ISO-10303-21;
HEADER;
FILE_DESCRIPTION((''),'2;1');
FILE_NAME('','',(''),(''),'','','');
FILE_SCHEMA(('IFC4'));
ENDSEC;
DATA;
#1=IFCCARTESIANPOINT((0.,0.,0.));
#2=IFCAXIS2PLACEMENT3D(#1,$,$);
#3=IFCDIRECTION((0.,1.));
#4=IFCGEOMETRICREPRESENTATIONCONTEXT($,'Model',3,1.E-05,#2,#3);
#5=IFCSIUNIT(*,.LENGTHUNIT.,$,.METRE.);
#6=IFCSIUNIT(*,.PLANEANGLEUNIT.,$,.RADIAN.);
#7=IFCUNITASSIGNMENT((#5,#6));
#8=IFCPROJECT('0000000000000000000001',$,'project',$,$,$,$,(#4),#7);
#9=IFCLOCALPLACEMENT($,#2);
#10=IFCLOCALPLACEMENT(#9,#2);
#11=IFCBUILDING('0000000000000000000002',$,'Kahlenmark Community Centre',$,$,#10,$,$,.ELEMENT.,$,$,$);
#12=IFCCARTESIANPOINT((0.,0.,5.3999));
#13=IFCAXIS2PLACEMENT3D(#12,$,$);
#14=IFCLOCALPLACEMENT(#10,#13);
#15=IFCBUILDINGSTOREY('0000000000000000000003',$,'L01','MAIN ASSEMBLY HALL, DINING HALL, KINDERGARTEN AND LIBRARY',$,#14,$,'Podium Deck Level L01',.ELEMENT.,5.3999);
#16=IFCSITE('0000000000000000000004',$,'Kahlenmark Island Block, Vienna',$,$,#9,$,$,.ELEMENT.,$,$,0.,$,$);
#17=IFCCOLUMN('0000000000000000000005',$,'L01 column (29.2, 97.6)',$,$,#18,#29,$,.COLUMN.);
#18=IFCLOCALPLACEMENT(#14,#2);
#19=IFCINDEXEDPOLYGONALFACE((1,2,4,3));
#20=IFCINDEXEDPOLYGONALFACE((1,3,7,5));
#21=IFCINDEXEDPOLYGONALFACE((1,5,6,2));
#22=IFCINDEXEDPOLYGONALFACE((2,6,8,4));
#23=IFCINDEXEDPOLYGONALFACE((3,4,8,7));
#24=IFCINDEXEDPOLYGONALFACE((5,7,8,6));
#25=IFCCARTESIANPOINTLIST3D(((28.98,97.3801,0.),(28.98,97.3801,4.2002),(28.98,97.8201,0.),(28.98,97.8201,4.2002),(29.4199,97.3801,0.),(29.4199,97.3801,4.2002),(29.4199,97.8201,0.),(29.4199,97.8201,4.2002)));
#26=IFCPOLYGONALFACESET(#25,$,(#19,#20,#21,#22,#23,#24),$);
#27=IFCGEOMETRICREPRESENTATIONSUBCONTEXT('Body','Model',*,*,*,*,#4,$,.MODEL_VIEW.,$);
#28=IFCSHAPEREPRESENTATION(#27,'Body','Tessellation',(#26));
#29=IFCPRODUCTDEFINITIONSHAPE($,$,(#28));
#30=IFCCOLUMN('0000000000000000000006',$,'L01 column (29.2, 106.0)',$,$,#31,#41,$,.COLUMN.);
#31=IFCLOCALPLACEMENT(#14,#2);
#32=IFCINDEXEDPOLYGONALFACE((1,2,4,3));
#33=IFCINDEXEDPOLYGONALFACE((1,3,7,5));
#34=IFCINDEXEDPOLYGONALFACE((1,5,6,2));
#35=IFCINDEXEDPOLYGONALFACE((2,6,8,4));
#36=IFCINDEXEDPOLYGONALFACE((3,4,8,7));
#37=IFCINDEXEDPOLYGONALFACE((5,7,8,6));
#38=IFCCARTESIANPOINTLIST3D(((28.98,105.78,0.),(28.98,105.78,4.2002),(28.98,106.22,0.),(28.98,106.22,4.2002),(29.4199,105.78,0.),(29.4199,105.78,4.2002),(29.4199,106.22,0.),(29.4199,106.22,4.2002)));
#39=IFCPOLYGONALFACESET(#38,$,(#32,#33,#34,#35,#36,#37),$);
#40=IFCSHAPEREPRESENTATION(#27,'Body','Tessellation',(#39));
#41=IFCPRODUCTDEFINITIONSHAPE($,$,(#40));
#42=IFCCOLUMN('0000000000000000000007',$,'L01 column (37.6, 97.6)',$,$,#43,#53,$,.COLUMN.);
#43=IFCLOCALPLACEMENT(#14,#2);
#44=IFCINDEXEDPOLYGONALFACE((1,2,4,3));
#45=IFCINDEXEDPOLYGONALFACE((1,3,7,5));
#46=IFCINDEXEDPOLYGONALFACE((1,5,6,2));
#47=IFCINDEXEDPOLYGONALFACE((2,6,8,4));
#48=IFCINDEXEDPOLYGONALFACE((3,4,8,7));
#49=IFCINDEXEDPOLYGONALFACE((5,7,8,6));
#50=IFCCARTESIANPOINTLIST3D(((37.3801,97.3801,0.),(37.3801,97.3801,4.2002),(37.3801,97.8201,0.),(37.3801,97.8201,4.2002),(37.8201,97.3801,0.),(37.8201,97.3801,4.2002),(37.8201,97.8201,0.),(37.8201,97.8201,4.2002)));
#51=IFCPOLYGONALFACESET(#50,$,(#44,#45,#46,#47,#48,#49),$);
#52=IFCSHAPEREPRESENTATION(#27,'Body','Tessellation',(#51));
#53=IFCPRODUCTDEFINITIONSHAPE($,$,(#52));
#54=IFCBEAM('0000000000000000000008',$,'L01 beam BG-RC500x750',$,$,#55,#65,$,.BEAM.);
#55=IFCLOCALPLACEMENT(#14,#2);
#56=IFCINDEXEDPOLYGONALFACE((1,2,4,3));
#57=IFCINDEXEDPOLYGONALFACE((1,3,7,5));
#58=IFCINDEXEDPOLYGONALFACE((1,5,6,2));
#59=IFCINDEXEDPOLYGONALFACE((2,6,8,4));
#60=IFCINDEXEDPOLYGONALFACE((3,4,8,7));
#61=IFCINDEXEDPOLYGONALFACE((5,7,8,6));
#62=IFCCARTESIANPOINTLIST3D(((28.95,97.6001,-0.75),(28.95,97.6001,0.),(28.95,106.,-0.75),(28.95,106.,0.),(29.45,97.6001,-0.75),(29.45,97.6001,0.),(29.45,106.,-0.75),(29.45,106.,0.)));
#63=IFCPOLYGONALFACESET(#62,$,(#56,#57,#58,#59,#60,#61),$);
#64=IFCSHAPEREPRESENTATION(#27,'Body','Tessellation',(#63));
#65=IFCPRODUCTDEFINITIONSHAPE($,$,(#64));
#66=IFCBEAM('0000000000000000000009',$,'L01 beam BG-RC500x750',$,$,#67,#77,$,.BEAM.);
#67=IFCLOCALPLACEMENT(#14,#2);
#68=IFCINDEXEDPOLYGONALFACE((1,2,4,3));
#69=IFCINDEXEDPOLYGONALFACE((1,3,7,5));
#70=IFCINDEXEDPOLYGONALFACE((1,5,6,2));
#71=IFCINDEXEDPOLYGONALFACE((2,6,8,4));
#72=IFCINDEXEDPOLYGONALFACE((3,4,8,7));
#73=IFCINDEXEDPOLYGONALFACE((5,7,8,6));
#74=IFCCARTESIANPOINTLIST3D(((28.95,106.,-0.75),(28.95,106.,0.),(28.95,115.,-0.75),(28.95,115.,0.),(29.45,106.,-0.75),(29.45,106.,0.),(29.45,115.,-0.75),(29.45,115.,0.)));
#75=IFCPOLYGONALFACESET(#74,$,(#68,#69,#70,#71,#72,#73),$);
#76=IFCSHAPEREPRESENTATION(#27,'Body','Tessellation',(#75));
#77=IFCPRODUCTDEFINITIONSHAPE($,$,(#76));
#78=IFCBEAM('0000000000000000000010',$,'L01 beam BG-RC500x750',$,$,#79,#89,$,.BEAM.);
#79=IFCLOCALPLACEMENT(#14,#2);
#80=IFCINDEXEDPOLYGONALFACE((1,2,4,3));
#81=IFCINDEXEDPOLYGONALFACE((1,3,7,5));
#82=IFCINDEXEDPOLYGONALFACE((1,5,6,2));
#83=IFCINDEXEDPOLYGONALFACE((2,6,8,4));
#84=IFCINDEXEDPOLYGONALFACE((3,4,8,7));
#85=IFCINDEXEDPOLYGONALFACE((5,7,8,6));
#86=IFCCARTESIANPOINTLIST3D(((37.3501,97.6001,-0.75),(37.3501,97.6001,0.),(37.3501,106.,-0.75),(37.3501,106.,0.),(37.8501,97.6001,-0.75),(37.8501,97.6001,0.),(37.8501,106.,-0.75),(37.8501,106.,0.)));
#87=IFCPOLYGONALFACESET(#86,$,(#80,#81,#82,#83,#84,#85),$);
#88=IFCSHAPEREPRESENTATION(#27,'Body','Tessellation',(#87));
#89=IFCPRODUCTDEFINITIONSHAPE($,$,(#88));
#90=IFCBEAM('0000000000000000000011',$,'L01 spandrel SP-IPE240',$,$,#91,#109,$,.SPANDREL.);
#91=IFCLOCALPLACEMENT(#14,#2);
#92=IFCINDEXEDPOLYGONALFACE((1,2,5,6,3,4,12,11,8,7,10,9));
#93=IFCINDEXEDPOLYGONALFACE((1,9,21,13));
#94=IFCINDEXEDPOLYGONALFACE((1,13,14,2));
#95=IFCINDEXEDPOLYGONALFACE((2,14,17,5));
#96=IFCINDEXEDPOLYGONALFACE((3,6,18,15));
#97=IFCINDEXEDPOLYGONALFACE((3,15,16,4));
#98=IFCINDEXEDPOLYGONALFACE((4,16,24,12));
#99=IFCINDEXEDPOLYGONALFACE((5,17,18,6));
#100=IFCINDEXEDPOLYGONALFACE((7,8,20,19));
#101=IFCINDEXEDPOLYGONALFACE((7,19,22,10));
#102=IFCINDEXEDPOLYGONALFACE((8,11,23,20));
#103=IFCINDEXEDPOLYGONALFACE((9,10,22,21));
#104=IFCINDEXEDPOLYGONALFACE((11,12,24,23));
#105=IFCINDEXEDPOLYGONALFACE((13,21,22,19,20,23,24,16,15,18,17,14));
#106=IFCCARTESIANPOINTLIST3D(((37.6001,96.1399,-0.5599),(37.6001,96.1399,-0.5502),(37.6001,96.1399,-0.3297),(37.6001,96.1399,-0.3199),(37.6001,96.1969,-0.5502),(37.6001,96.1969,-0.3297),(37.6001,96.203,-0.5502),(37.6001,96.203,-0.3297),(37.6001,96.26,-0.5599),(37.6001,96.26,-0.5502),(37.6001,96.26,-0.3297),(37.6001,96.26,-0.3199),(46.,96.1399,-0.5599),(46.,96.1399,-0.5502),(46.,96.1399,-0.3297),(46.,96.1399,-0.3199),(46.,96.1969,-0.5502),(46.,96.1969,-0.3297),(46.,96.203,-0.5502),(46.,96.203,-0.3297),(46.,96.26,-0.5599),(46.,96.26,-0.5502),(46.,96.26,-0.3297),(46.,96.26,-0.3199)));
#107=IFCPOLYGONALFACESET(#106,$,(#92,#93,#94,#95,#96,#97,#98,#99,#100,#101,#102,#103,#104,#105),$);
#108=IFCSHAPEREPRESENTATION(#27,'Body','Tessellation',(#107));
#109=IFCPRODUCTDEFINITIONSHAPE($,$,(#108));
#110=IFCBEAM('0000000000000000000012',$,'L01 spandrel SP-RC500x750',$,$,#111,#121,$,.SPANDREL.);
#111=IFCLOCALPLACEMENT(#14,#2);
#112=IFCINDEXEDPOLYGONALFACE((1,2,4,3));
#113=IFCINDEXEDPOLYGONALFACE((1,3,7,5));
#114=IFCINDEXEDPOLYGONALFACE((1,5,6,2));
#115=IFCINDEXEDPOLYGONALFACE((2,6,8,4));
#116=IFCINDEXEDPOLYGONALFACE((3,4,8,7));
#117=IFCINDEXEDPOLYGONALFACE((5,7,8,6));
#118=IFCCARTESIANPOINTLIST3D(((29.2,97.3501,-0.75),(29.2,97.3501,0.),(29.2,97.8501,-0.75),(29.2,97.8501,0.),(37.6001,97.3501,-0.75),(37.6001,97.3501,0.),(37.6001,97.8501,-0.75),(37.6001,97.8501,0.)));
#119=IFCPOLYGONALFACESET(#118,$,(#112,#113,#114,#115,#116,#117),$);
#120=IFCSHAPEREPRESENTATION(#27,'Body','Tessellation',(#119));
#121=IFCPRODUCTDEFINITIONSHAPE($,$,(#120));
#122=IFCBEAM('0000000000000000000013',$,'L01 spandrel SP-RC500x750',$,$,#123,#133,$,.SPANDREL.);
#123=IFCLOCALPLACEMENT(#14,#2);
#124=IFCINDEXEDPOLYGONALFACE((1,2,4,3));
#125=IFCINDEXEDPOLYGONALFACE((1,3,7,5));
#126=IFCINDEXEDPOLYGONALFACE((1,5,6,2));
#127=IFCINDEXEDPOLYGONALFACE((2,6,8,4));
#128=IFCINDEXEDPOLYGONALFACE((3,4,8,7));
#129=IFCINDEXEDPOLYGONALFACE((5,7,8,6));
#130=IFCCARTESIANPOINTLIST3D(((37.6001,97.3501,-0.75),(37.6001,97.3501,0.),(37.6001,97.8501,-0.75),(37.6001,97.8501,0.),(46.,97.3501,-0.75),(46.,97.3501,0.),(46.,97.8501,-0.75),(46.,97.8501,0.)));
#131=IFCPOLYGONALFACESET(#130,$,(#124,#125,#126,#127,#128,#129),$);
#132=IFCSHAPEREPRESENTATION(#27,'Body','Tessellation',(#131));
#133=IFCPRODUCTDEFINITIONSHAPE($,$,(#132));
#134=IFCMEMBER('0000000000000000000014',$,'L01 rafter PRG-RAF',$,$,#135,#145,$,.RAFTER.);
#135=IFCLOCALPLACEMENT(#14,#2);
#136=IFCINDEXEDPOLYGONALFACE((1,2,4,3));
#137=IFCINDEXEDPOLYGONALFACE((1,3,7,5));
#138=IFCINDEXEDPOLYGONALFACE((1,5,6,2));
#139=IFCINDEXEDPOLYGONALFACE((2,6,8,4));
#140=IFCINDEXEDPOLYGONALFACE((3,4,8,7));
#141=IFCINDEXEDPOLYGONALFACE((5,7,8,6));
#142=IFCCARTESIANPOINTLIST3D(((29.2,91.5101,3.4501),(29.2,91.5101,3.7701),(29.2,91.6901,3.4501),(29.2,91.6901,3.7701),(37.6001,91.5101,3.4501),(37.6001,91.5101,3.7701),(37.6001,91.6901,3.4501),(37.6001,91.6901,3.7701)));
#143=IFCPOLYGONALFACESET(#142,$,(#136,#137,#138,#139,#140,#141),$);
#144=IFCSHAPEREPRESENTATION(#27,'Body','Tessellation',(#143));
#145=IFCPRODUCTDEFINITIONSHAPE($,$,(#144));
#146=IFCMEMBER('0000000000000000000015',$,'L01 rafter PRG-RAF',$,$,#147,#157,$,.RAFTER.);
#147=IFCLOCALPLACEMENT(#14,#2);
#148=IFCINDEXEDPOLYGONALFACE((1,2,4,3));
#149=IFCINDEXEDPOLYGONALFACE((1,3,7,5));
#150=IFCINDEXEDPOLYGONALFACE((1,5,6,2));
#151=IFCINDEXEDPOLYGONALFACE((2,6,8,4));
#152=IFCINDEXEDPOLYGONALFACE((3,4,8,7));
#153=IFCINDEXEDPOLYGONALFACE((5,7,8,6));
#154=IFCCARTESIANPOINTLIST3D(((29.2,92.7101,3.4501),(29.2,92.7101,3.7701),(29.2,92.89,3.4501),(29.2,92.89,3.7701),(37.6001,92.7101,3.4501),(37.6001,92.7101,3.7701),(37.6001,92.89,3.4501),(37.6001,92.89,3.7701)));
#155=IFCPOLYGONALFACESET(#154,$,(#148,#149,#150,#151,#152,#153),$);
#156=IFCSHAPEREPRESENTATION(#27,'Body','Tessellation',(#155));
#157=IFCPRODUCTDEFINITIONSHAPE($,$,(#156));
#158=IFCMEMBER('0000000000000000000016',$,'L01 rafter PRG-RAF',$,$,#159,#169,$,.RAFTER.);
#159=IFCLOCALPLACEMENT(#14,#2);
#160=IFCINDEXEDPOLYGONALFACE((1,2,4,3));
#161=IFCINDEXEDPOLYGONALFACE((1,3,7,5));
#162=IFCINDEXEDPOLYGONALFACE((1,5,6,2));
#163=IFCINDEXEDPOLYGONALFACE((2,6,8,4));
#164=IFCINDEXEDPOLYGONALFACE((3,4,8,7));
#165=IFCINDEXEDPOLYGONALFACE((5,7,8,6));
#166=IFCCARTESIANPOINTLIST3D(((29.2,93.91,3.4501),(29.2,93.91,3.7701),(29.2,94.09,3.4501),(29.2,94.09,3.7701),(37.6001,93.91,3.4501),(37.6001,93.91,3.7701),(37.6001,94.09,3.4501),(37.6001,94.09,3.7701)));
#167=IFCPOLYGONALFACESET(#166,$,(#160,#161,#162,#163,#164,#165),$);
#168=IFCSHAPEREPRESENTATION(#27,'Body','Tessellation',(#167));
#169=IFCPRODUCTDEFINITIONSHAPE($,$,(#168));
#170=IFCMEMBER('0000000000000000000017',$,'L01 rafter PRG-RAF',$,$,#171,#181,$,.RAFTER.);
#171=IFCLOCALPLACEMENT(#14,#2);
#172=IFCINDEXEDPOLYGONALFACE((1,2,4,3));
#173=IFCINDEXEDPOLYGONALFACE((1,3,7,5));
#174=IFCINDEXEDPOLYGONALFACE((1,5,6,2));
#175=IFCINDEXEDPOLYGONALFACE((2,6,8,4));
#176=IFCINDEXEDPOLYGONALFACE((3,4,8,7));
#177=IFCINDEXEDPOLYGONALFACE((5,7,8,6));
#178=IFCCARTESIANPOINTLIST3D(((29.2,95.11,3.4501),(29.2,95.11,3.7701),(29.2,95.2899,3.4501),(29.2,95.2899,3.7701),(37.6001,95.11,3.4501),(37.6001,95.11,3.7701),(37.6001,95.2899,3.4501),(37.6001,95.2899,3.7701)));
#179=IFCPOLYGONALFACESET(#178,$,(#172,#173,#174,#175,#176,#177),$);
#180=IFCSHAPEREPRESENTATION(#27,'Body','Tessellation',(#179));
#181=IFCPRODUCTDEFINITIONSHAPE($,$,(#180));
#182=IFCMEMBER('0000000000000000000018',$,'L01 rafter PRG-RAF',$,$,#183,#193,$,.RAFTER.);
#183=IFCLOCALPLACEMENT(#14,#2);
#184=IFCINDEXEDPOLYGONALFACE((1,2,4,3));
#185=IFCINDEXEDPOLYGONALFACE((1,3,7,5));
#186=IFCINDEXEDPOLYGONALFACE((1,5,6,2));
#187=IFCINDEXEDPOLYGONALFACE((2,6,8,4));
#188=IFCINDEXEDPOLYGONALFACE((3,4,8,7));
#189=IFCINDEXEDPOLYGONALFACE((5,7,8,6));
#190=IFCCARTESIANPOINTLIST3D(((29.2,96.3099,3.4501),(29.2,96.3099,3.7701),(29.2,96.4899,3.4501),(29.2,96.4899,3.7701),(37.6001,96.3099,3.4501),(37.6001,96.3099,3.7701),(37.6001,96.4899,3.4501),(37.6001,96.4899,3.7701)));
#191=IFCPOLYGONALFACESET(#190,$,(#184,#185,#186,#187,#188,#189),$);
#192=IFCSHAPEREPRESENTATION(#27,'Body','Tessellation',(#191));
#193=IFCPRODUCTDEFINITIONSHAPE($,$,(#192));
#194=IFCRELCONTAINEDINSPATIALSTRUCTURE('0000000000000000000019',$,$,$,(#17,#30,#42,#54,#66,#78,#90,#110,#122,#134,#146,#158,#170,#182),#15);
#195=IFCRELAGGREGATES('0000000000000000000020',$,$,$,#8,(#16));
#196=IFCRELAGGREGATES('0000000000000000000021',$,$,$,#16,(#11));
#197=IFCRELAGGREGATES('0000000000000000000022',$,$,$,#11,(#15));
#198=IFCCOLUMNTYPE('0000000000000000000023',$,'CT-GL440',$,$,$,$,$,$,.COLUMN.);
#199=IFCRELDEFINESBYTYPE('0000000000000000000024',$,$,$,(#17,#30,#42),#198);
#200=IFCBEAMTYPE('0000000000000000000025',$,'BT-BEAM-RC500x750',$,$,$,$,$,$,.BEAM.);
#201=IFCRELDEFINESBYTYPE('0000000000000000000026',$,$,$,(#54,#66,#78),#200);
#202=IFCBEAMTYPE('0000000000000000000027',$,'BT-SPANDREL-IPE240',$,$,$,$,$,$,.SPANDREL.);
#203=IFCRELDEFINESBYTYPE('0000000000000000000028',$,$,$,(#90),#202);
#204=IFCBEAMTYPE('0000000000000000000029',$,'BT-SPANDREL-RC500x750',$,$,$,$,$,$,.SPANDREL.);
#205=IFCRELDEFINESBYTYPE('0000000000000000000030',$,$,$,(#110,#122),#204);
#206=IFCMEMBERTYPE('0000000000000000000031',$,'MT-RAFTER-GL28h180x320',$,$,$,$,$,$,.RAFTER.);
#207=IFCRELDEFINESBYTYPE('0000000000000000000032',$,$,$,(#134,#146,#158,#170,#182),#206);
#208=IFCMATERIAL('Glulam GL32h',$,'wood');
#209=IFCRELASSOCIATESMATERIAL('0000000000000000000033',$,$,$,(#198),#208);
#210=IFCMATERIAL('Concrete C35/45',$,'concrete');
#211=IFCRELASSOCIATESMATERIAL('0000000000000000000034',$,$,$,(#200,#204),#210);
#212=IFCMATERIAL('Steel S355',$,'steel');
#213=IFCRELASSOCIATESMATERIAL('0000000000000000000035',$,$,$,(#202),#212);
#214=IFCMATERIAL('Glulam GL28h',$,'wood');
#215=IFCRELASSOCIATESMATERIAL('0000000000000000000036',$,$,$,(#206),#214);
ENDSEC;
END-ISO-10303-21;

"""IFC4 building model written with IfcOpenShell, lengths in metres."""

from ifc_helpers import new_model, si_unit, direction, frame, origin, origin_2d, place, context, subcontext, project, spatial, rectangle, i_section, extrude, material, material_profile, profile_set, type_object, element, save


model = new_model("IFC4")

# Units and contexts
model_context = context("Model", 3, precision=1e-05, world=origin(), true_north=direction((0.0, 1.0)))
body_context = subcontext(model_context, "Body", "Model", "MODEL_VIEW")
ifc_project = project(units=[si_unit("LENGTHUNIT", "METRE"), si_unit("PLANEANGLEUNIT", "RADIAN")], contexts=[model_context])

# Site, building, storey
site_placement = place(None, origin())
site = spatial("IfcSite", under=ifc_project, at=site_placement, Name="Kahlenmark Island Block, Vienna", CompositionType="ELEMENT", RefElevation=0.0)
building_placement = place(site_placement, origin())
building = spatial("IfcBuilding", under=site, at=building_placement, Name="Kahlenmark Community Centre", CompositionType="ELEMENT")
storey_placement = place(building_placement, frame((0.0, 0.0, 5.3999)))
storey = spatial("IfcBuildingStorey", under=building, at=storey_placement, Name="L01", Description="MAIN ASSEMBLY HALL, DINING HALL, KINDERGARTEN AND LIBRARY", LongName="Podium Deck Level L01", CompositionType="ELEMENT", Elevation=5.3999)

# Columns
ifc_material_1 = material(Name="Glulam GL32h", Category="wood")
ifc_material_profile_1 = material_profile(ifc_material_1, rectangle(XDim=0.4399, YDim=0.4399, at=origin_2d()), Name="GL32h 440x440")
ifc_profile_set_1 = profile_set([ifc_material_profile_1], Name="Glulam GL32h")
column_type = type_object("IfcColumnType", Name="CT-GL440", PredefinedType="COLUMN", material=ifc_profile_set_1)
for number, where, z_axis, x_axis, name in (
    (1, (29.2, 97.6001, 0.0), (0.0, 0.0, 1.0), (1.0, 0.0, 0.0), "L01 column (29.2, 97.6)"),
    (2, (29.2, 106.0, 0.0), (0.0, 0.0, 1.0), (1.0, 0.0, 0.0), "L01 column (29.2, 106.0)"),
    (3, (37.6001, 97.6001, 0.0), (0.0, 0.0, 1.0), (1.0, 0.0, 0.0), "L01 column (37.6, 97.6)"),
):
    element("IfcColumn", number, at=place(storey_placement, frame(where, z_axis=z_axis, x_axis=x_axis)), inside=storey, type_object=column_type, Name=name, PredefinedType="COLUMN", context=body_context, shape_type="SweptSolid", body=[
        extrude(rectangle(XDim=0.4399, YDim=0.4399, at=origin_2d()), origin(), (0.0, 0.0, 1.0), 4.2002),
    ])

# Beams
ifc_material_2 = material(Name="Concrete C35/45", Category="concrete")
ifc_material_profile_2 = material_profile(ifc_material_2, rectangle(XDim=0.5, YDim=0.75, at=origin_2d()), Name="RC 500x750")
ifc_profile_set_2 = profile_set([ifc_material_profile_2], Name="Concrete C35/45")
beam_type_1 = type_object("IfcBeamType", Name="BT-BEAM-RC500x750", PredefinedType="BEAM", material=ifc_profile_set_2)
beam_1_placement = place(storey_placement, frame((29.2, 97.6001, -0.375), z_axis=(0.0, 1.0, 0.0), x_axis=(-1.0, 0.0, 0.0)))
element("IfcBeam", 4, at=beam_1_placement, inside=storey, type_object=beam_type_1, Name="L01 beam BG-RC500x750", PredefinedType="BEAM", context=body_context, shape_type="SweptSolid", body=[
    extrude(rectangle(XDim=0.5, YDim=0.75, at=origin_2d()), origin(), (0.0, 0.0, 1.0), 8.3999),
])
beam_2_placement = place(storey_placement, frame((29.2, 106.0, -0.375), z_axis=(0.0, 1.0, 0.0), x_axis=(-1.0, 0.0, 0.0)))
element("IfcBeam", 5, at=beam_2_placement, inside=storey, type_object=beam_type_1, Name="L01 beam BG-RC500x750", PredefinedType="BEAM", context=body_context, shape_type="SweptSolid", body=[
    extrude(rectangle(XDim=0.5, YDim=0.75, at=origin_2d()), origin(), (0.0, 0.0, 1.0), 9.0),
])
beam_3_placement = place(storey_placement, frame((37.6001, 97.6001, -0.375), z_axis=(0.0, 1.0, 0.0), x_axis=(-1.0, 0.0, 0.0)))
element("IfcBeam", 6, at=beam_3_placement, inside=storey, type_object=beam_type_1, Name="L01 beam BG-RC500x750", PredefinedType="BEAM", context=body_context, shape_type="SweptSolid", body=[
    extrude(rectangle(XDim=0.5, YDim=0.75, at=origin_2d()), origin(), (0.0, 0.0, 1.0), 8.3999),
])
ifc_material_3 = material(Name="Steel S355", Category="steel")
ifc_material_profile_3 = material_profile(ifc_material_3, i_section(OverallWidth=0.1201, OverallDepth=0.24, WebThickness=0.0061, FlangeThickness=0.0098, at=origin_2d()), Name="IPE 240")
ifc_profile_set_3 = profile_set([ifc_material_profile_3], Name="Steel S355")
beam_type_2 = type_object("IfcBeamType", Name="BT-SPANDREL-IPE240", PredefinedType="SPANDREL", material=ifc_profile_set_3)
beam_4_placement = place(storey_placement, frame((37.6001, 96.2, -0.4399), z_axis=(1.0, 0.0, 0.0), x_axis=(0.0, 1.0, 0.0)))
element("IfcBeam", 7, at=beam_4_placement, inside=storey, type_object=beam_type_2, Name="L01 spandrel SP-IPE240", PredefinedType="SPANDREL", context=body_context, shape_type="SweptSolid", body=[
    extrude(i_section(OverallWidth=0.1201, OverallDepth=0.24, WebThickness=0.0061, FlangeThickness=0.0098, at=origin_2d()), origin(), (0.0, 0.0, 1.0), 8.3999),
])
ifc_material_profile_4 = material_profile(ifc_material_2, rectangle(XDim=0.5, YDim=0.75, at=origin_2d()), Name="RC 500x750")
ifc_profile_set_4 = profile_set([ifc_material_profile_4], Name="Concrete C35/45")
beam_type_3 = type_object("IfcBeamType", Name="BT-SPANDREL-RC500x750", PredefinedType="SPANDREL", material=ifc_profile_set_4)
beam_5_placement = place(storey_placement, frame((29.2, 97.6001, -0.375), z_axis=(1.0, 0.0, 0.0), x_axis=(0.0, 1.0, 0.0)))
element("IfcBeam", 8, at=beam_5_placement, inside=storey, type_object=beam_type_3, Name="L01 spandrel SP-RC500x750", PredefinedType="SPANDREL", context=body_context, shape_type="SweptSolid", body=[
    extrude(rectangle(XDim=0.5, YDim=0.75, at=origin_2d()), origin(), (0.0, 0.0, 1.0), 8.4001),
])
beam_6_placement = place(storey_placement, frame((37.6001, 97.6001, -0.375), z_axis=(1.0, 0.0, 0.0), x_axis=(0.0, 1.0, 0.0)))
element("IfcBeam", 9, at=beam_6_placement, inside=storey, type_object=beam_type_3, Name="L01 spandrel SP-RC500x750", PredefinedType="SPANDREL", context=body_context, shape_type="SweptSolid", body=[
    extrude(rectangle(XDim=0.5, YDim=0.75, at=origin_2d()), origin(), (0.0, 0.0, 1.0), 8.3999),
])

# Members
ifc_material_4 = material(Name="Glulam GL28h", Category="wood")
ifc_material_profile_5 = material_profile(ifc_material_4, rectangle(XDim=0.1799, YDim=0.3201, at=origin_2d()), Name="GL28h 180x320")
ifc_profile_set_5 = profile_set([ifc_material_profile_5], Name="Glulam GL28h")
member_type = type_object("IfcMemberType", Name="MT-RAFTER-GL28h180x320", PredefinedType="RAFTER", material=ifc_profile_set_5)
for number, where, z_axis, x_axis, name in (
    (10, (29.2, 91.6001, 3.6101), (1.0, 0.0, 0.0), (0.0, 1.0, 0.0), "L01 rafter PRG-RAF"),
    (11, (29.2, 92.8, 3.6101), (1.0, 0.0, 0.0), (0.0, 1.0, 0.0), "L01 rafter PRG-RAF"),
    (12, (29.2, 94.0, 3.6101), (1.0, 0.0, 0.0), (0.0, 1.0, 0.0), "L01 rafter PRG-RAF"),
    (13, (29.2, 95.2, 3.6101), (1.0, 0.0, 0.0), (0.0, 1.0, 0.0), "L01 rafter PRG-RAF"),
    (14, (29.2, 96.3999, 3.6101), (1.0, 0.0, 0.0), (0.0, 1.0, 0.0), "L01 rafter PRG-RAF"),
):
    element("IfcMember", number, at=place(storey_placement, frame(where, z_axis=z_axis, x_axis=x_axis)), inside=storey, type_object=member_type, Name=name, PredefinedType="RAFTER", context=body_context, shape_type="SweptSolid", body=[
        extrude(rectangle(XDim=0.1799, YDim=0.3201, at=origin_2d()), origin(), (0.0, 0.0, 1.0), 8.4001),
    ])

save(model, "model.ifc")
